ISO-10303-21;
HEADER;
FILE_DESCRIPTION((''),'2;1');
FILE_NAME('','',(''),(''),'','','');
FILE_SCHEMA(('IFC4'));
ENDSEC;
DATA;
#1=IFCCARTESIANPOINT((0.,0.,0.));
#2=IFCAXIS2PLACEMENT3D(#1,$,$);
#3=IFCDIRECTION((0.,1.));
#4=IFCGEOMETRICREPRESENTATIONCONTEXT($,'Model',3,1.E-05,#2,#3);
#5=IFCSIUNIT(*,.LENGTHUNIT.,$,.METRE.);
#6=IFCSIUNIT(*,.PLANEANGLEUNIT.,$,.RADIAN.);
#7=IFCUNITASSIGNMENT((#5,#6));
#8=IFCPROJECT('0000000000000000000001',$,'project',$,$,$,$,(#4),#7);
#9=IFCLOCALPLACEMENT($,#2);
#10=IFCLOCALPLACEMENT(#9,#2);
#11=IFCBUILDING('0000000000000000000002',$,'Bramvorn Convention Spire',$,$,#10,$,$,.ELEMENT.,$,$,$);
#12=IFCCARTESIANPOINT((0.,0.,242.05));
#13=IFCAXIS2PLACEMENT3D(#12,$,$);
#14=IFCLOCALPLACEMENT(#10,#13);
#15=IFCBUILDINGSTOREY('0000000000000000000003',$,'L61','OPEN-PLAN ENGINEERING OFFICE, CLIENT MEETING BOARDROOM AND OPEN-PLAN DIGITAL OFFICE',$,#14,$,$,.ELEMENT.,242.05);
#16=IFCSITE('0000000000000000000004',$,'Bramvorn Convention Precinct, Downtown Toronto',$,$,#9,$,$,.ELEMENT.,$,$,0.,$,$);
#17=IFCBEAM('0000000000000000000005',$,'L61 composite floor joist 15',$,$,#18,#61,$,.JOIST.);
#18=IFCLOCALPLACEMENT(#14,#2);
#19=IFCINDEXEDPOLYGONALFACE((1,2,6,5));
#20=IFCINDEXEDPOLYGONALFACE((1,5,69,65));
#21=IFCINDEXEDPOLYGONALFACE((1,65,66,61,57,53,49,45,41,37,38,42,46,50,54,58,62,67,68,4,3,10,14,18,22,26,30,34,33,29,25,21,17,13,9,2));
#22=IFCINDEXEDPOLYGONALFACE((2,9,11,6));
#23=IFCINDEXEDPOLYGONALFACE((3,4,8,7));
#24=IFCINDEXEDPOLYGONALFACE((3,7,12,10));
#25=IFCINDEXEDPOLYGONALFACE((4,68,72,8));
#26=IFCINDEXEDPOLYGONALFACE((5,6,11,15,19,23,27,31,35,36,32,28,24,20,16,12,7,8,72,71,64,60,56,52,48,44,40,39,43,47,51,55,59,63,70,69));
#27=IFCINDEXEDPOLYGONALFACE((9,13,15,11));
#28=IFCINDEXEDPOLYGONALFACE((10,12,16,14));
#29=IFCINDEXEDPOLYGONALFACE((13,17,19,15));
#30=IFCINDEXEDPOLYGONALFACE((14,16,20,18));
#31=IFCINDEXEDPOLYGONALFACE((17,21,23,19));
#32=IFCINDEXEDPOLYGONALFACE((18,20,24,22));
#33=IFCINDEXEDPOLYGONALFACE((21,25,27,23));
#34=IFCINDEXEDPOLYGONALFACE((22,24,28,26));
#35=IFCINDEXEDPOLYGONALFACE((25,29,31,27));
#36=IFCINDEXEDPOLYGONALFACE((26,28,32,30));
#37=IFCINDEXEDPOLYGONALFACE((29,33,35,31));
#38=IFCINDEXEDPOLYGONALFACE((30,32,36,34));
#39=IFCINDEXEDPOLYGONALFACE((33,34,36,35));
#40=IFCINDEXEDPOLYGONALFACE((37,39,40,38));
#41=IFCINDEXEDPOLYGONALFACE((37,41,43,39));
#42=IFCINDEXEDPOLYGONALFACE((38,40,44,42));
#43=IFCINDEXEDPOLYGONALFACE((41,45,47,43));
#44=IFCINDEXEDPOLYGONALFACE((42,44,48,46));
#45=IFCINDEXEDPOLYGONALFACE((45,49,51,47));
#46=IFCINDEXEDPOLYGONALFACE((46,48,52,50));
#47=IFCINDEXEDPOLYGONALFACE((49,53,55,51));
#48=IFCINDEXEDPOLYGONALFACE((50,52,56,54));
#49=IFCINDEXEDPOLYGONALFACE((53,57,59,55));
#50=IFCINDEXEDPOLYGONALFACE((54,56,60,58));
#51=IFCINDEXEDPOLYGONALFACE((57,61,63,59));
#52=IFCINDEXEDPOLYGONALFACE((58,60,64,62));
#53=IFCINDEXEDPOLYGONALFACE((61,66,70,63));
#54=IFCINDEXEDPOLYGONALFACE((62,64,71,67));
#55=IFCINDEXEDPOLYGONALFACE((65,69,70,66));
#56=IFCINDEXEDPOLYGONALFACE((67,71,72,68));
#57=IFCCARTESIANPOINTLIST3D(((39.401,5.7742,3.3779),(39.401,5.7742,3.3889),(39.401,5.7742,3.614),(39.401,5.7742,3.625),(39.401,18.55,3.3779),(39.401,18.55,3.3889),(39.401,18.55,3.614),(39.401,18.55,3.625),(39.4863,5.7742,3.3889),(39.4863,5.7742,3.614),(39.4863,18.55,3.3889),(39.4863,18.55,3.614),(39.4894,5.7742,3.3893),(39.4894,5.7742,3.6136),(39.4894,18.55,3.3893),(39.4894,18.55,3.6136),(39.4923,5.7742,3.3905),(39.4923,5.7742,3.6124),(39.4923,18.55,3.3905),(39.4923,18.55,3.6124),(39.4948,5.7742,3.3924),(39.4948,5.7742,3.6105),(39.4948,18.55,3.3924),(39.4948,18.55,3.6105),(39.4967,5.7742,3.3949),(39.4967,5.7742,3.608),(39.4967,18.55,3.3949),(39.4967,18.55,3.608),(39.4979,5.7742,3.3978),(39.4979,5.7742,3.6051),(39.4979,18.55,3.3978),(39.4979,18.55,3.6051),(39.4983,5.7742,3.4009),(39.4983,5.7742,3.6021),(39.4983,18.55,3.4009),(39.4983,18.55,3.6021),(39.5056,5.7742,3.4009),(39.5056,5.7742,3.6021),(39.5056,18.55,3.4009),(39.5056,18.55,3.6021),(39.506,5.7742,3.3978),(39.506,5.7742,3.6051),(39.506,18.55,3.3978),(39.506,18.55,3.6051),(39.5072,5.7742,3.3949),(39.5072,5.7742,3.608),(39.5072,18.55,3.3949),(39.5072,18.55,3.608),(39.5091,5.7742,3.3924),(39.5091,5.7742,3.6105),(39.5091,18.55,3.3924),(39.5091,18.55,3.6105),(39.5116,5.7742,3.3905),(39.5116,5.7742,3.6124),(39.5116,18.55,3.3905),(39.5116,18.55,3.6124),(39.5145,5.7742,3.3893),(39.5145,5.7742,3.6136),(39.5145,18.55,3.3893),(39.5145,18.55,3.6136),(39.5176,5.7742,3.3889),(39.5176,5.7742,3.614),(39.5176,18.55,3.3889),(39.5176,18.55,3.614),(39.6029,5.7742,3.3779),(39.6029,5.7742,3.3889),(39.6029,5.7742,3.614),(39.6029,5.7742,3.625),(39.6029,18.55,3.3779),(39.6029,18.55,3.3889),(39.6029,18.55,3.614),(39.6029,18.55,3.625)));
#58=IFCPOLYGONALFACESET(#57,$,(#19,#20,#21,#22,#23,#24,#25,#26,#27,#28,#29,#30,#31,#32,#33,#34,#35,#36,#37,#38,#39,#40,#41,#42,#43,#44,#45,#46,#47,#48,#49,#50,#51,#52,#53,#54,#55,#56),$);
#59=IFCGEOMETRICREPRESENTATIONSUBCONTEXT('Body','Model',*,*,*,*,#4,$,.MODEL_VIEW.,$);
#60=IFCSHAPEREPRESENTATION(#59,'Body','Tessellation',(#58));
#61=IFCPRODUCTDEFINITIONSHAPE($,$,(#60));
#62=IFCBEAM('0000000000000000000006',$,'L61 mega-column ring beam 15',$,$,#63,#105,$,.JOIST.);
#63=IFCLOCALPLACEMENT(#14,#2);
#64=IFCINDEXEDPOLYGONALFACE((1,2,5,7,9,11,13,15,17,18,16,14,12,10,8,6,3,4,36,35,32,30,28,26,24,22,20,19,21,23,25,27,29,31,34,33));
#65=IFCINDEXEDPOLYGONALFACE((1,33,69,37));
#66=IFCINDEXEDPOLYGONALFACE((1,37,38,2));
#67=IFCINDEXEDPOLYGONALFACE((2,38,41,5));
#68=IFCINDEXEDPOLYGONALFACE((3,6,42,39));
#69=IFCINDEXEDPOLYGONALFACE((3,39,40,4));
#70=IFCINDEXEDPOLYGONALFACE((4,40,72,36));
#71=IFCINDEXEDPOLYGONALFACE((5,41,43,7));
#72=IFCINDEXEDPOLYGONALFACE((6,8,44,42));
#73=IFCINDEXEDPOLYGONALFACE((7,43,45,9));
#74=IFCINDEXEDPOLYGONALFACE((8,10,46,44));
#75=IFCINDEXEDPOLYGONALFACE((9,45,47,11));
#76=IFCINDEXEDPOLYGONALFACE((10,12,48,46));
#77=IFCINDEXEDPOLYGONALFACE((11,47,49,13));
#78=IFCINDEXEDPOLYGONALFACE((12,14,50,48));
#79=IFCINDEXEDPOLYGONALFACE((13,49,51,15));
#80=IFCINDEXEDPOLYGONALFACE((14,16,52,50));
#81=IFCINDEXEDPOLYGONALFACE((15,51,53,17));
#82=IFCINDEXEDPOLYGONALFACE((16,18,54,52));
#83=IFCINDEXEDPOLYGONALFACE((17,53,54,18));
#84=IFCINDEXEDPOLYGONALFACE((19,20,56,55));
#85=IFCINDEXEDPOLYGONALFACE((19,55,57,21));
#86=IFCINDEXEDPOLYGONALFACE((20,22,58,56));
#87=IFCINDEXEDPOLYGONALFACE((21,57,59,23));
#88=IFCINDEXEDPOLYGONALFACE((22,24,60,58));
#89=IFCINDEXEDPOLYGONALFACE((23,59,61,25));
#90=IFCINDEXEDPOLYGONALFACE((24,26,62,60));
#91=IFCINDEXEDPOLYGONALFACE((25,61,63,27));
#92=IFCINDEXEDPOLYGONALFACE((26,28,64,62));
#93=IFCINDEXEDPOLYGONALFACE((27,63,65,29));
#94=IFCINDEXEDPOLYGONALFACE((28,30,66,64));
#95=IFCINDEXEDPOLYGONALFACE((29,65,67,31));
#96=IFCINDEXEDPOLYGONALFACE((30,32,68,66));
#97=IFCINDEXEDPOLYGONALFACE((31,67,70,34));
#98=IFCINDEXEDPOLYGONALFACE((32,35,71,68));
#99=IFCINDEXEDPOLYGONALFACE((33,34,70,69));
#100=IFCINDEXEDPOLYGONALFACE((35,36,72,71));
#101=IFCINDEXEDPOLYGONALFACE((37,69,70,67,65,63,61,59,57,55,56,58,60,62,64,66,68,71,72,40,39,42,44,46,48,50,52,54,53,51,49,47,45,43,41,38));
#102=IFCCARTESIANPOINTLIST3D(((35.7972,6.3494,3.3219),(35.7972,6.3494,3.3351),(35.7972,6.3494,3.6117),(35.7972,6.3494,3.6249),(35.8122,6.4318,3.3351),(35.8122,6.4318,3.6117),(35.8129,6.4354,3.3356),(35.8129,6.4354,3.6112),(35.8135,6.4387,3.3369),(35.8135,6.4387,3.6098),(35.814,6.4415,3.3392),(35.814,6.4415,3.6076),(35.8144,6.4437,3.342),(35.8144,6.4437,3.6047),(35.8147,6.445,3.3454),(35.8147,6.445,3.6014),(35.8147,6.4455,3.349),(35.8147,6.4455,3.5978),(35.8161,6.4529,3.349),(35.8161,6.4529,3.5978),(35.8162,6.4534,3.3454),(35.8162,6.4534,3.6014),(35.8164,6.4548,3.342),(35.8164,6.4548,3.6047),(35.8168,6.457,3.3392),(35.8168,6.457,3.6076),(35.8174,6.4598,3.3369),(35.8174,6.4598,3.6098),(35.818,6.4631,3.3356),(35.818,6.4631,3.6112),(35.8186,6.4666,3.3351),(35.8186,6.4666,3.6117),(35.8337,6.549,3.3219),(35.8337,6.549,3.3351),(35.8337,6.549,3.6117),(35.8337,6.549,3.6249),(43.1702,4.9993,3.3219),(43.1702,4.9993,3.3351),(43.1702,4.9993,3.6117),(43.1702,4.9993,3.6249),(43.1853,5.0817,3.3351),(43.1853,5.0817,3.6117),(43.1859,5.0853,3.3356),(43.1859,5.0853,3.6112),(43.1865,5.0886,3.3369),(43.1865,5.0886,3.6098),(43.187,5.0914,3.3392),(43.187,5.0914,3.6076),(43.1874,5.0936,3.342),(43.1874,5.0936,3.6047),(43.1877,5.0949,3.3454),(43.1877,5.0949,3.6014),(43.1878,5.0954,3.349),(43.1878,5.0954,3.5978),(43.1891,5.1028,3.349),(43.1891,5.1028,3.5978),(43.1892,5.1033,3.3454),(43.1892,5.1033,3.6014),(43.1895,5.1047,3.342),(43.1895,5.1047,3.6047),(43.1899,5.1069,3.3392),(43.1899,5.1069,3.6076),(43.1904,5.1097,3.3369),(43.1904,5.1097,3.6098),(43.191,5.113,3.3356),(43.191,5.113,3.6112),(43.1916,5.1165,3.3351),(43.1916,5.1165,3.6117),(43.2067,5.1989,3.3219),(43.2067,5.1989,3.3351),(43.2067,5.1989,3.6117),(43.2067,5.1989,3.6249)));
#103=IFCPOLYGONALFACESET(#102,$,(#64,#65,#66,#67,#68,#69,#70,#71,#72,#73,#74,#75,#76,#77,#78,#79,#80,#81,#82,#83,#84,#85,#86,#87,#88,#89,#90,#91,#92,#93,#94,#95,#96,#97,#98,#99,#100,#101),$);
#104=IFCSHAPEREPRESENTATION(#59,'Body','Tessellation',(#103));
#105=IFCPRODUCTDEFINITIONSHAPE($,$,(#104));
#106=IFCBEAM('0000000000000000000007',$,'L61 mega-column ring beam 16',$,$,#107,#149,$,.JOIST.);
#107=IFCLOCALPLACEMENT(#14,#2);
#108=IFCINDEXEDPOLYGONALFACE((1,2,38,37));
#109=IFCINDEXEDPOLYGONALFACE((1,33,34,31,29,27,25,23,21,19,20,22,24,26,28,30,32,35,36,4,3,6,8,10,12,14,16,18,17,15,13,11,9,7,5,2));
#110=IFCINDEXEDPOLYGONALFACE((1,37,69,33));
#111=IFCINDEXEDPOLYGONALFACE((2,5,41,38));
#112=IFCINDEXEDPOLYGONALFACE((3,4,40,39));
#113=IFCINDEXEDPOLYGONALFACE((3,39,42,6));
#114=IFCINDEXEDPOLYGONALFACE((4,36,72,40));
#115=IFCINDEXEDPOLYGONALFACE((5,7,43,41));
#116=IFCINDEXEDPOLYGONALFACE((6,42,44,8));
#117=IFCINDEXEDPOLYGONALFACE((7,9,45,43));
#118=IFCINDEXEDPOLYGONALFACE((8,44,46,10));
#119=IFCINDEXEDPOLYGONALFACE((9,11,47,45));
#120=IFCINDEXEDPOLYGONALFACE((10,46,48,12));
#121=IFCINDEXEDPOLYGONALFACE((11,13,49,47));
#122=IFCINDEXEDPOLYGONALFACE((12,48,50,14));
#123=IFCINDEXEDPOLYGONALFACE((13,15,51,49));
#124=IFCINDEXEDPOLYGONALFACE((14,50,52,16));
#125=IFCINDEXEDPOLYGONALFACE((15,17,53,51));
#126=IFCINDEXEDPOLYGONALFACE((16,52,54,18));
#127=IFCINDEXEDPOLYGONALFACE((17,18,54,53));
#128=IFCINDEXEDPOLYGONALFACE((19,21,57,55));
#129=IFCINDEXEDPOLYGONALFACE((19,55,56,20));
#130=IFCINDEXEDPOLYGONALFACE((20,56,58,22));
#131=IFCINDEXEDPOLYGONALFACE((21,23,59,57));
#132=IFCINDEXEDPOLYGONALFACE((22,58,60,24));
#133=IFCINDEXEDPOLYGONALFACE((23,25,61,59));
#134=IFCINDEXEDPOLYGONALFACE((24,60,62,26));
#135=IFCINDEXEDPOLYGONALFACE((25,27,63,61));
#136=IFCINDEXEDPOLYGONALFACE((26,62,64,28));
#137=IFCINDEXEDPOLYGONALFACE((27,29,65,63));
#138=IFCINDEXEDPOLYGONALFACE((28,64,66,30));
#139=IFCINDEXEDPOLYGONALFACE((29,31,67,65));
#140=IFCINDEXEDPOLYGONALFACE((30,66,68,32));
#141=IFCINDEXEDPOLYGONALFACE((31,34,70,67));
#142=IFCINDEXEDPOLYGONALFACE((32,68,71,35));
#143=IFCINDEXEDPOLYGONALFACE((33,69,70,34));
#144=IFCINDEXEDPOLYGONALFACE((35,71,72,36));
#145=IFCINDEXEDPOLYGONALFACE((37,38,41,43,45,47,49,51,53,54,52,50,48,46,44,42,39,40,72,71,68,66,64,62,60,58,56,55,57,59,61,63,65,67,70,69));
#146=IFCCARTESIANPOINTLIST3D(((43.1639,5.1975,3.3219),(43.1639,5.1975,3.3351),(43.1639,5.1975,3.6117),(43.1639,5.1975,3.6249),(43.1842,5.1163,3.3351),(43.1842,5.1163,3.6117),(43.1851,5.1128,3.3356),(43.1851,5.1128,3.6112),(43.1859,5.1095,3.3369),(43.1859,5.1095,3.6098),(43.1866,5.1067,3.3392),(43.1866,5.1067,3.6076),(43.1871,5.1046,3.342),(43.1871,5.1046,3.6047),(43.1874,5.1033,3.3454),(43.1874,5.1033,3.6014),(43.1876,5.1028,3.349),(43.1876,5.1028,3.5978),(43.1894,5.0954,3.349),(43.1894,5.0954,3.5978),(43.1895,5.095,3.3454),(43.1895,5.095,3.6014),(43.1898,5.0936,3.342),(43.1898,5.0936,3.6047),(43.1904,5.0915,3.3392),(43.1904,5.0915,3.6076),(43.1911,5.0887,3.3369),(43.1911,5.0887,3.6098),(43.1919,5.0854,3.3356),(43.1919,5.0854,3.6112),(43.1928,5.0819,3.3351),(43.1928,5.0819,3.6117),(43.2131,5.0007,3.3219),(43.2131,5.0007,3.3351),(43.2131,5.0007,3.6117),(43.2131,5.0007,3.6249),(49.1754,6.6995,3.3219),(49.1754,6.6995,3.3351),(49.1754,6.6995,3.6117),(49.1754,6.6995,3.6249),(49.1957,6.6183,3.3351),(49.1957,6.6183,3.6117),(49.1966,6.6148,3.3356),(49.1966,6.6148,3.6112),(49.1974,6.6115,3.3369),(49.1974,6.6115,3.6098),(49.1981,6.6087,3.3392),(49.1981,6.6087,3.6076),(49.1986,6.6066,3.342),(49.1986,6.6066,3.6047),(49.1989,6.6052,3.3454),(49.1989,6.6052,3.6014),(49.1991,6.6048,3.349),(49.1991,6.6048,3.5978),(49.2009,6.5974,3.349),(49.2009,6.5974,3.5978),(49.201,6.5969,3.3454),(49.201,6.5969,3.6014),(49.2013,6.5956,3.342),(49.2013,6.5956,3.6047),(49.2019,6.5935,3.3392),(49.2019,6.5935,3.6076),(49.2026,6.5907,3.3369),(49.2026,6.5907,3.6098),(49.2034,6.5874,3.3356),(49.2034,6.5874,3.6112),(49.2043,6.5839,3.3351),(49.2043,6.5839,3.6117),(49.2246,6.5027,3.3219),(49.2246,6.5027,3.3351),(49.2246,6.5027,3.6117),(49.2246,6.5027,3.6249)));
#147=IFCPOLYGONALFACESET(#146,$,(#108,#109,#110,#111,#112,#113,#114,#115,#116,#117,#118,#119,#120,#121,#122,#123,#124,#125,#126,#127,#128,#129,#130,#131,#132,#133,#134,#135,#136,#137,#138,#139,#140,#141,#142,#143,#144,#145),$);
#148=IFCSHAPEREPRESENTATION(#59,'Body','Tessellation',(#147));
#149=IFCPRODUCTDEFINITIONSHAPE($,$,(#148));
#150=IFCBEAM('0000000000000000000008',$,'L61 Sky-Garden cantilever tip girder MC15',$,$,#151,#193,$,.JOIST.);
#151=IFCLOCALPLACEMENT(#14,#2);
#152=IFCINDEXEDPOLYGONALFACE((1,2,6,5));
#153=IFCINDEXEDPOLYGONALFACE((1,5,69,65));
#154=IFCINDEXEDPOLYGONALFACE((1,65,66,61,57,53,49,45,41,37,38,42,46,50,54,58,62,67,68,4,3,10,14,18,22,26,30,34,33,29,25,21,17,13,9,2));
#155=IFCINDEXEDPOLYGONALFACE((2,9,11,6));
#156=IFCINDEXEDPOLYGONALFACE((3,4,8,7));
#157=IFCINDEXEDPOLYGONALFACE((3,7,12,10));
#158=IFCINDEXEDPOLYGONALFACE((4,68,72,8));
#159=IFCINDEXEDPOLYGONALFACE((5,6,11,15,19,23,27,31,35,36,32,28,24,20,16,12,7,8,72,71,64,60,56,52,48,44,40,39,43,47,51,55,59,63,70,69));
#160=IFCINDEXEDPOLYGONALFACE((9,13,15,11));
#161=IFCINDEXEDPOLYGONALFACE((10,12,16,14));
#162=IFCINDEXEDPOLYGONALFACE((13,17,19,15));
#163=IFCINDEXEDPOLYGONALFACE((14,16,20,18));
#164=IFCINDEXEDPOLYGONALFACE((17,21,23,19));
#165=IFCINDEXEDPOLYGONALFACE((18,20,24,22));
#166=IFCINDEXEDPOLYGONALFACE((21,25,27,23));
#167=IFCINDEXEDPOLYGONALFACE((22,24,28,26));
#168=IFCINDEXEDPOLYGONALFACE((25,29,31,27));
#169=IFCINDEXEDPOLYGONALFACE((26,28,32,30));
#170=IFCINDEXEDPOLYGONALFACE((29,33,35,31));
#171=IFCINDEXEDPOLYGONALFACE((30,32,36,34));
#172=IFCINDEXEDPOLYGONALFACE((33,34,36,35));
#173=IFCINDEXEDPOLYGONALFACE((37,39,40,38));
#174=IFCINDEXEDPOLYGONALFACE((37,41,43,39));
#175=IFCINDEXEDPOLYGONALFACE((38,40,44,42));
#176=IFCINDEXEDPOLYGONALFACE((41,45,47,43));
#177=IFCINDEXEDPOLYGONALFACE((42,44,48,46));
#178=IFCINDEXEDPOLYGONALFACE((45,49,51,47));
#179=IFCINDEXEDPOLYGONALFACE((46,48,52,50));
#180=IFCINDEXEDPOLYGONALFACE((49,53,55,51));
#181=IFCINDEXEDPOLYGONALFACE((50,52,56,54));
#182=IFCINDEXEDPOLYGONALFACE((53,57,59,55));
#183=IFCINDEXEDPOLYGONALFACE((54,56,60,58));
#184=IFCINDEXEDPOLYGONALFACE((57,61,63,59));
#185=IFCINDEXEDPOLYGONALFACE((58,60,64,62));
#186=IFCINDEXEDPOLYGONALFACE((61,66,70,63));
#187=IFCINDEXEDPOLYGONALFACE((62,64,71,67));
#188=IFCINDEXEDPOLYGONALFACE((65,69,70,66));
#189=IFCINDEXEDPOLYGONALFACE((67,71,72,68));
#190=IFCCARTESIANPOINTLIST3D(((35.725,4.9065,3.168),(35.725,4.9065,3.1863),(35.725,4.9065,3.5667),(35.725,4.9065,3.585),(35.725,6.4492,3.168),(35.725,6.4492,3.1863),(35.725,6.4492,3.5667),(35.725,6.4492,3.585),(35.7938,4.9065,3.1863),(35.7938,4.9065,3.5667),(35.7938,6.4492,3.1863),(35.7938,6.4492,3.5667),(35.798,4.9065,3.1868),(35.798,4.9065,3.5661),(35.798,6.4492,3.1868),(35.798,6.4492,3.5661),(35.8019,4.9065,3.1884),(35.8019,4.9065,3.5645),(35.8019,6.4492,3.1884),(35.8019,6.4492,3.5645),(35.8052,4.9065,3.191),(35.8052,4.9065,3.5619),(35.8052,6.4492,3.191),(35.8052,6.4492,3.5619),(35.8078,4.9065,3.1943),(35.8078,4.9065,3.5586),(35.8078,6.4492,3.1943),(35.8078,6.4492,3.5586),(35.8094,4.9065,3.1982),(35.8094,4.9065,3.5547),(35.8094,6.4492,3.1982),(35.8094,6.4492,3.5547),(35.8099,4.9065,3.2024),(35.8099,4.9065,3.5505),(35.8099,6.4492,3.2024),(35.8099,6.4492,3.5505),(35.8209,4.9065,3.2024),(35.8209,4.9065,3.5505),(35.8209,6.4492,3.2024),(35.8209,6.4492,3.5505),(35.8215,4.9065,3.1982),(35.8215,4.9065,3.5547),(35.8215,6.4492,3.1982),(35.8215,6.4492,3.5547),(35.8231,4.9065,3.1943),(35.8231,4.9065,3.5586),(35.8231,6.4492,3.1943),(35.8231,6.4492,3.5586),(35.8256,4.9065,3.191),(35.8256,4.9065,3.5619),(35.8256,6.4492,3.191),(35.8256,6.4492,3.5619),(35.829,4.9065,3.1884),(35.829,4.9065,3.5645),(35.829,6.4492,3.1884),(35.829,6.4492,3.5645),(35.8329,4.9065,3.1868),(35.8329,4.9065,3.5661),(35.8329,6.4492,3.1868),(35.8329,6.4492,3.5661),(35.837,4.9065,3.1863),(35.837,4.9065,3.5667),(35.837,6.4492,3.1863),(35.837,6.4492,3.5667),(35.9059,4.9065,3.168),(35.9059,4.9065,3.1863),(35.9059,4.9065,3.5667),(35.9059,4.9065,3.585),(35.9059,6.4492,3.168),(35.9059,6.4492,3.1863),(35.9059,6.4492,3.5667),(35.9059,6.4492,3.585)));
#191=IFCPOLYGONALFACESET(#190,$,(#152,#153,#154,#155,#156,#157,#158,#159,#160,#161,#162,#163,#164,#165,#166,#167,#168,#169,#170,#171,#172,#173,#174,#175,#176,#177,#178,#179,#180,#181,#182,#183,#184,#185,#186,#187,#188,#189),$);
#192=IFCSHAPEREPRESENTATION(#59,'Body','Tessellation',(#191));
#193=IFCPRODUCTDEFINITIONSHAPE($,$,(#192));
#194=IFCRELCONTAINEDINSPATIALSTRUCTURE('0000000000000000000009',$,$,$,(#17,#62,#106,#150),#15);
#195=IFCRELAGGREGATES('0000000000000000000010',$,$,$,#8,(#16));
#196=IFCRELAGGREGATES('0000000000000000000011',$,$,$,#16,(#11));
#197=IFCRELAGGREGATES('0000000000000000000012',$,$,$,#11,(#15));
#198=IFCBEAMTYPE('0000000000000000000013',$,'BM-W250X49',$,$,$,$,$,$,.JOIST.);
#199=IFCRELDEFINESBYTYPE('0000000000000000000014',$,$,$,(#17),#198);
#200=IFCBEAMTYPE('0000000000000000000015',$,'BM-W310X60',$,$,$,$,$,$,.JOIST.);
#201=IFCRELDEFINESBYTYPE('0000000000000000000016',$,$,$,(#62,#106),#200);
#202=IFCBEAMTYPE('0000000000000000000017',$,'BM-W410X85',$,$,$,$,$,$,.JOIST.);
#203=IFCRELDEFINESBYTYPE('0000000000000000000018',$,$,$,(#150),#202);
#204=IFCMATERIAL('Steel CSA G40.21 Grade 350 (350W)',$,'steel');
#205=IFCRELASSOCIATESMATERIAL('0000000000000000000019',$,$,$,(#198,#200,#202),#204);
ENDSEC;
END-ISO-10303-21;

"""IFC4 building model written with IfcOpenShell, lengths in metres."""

from ifc_helpers import new_model, si_unit, direction, frame, origin, origin_2d, place, context, subcontext, project, spatial, i_section, extrude, material, material_profile, profile_set, type_object, element, save


model = new_model("IFC4")

# Units and contexts
model_context = context("Model", 3, precision=1e-05, world=origin(), true_north=direction((0.0, 1.0)))
body_context = subcontext(model_context, "Body", "Model", "MODEL_VIEW")
ifc_project = project(units=[si_unit("LENGTHUNIT", "METRE"), si_unit("PLANEANGLEUNIT", "RADIAN")], contexts=[model_context])

# Site, building, storey
site_placement = place(None, origin())
site = spatial("IfcSite", under=ifc_project, at=site_placement, Name="Bramvorn Convention Precinct, Downtown Toronto", CompositionType="ELEMENT", RefElevation=0.0)
building_placement = place(site_placement, origin())
building = spatial("IfcBuilding", under=site, at=building_placement, Name="Bramvorn Convention Spire", CompositionType="ELEMENT")
storey_placement = place(building_placement, frame((0.0, 0.0, 242.05)))
storey = spatial("IfcBuildingStorey", under=building, at=storey_placement, Name="L61", Description="OPEN-PLAN ENGINEERING OFFICE, CLIENT MEETING BOARDROOM AND OPEN-PLAN DIGITAL OFFICE", CompositionType="ELEMENT", Elevation=242.05)

# Shared definitions
ifc_material_1 = material(Name="Steel CSA G40.21 Grade 350 (350W)", Category="steel")

# Beams
ifc_material_profile_1 = material_profile(ifc_material_1, i_section(OverallWidth=0.2019, OverallDepth=0.2471, WebThickness=0.0073, FlangeThickness=0.011, FilletRadius=0.012, at=origin_2d()))
ifc_profile_set_1 = profile_set([ifc_material_profile_1], Name="Steel CSA G40.21 Grade 350 (350W) - W250X49")
beam_type_1 = type_object("IfcBeamType", Name="BM-W250X49", PredefinedType="JOIST", material=ifc_profile_set_1)
beam_1_placement = place(storey_placement, frame((39.502, 18.55, 3.5015), z_axis=(0.0, -1.0, 0.0), x_axis=(1.0, 0.0, 0.0)))
element("IfcBeam", 1, at=beam_1_placement, inside=storey, type_object=beam_type_1, Name="L61 composite floor joist 15", PredefinedType="JOIST", context=body_context, shape_type="SweptSolid", body=[
    extrude(i_section(OverallWidth=0.2019, OverallDepth=0.2471, WebThickness=0.0073, FlangeThickness=0.011, FilletRadius=0.012, at=origin_2d()), origin(), (0.0, 0.0, 1.0), 12.7759),
])
ifc_material_profile_2 = material_profile(ifc_material_1, i_section(OverallWidth=0.2029, OverallDepth=0.303, WebThickness=0.0076, FlangeThickness=0.0132, FilletRadius=0.0139, at=origin_2d()))
ifc_profile_set_2 = profile_set([ifc_material_profile_2], Name="Steel CSA G40.21 Grade 350 (350W) - W310X60")
beam_type_2 = type_object("IfcBeamType", Name="BM-W310X60", PredefinedType="JOIST", material=ifc_profile_set_2)
beam_2_placement = place(storey_placement, frame((35.8154, 6.4492, 3.4734), z_axis=(0.983645, -0.180118, 0.0), x_axis=(0.180118, 0.983645, 0.0)))
element("IfcBeam", 2, at=beam_2_placement, inside=storey, type_object=beam_type_2, Name="L61 mega-column ring beam 15", PredefinedType="JOIST", context=body_context, shape_type="SweptSolid", body=[
    extrude(i_section(OverallWidth=0.2029, OverallDepth=0.303, WebThickness=0.0076, FlangeThickness=0.0132, FilletRadius=0.0139, at=origin_2d()), origin(), (0.0, 0.0, 1.0), 7.4956),
])
beam_3_placement = place(storey_placement, frame((43.1885, 5.0991, 3.4734), z_axis=(0.970177, 0.242397, 0.0), x_axis=(-0.242397, 0.970177, 0.0)))
element("IfcBeam", 3, at=beam_3_placement, inside=storey, type_object=beam_type_2, Name="L61 mega-column ring beam 16", PredefinedType="JOIST", context=body_context, shape_type="SweptSolid", body=[
    extrude(i_section(OverallWidth=0.2029, OverallDepth=0.303, WebThickness=0.0076, FlangeThickness=0.0132, FilletRadius=0.0139, at=origin_2d()), origin(), (0.0, 0.0, 1.0), 6.1963),
])
ifc_material_profile_3 = material_profile(ifc_material_1, i_section(OverallWidth=0.1809, OverallDepth=0.417, WebThickness=0.011, FlangeThickness=0.0183, FilletRadius=0.0161, at=origin_2d()))
ifc_profile_set_3 = profile_set([ifc_material_profile_3], Name="Steel CSA G40.21 Grade 350 (350W) - W410X85")
beam_type_3 = type_object("IfcBeamType", Name="BM-W410X85", PredefinedType="JOIST", material=ifc_profile_set_3)
beam_4_placement = place(storey_placement, frame((35.8154, 6.4492, 3.3765), z_axis=(0.0, -1.0, 0.0), x_axis=(1.0, 0.0, 0.0)))
element("IfcBeam", 4, at=beam_4_placement, inside=storey, type_object=beam_type_3, Name="L61 Sky-Garden cantilever tip girder MC15", PredefinedType="JOIST", context=body_context, shape_type="SweptSolid", body=[
    extrude(i_section(OverallWidth=0.1809, OverallDepth=0.417, WebThickness=0.011, FlangeThickness=0.0183, FilletRadius=0.0161, at=origin_2d()), origin(), (0.0, 0.0, 1.0), 1.5427),
])

save(model, "model.ifc")
